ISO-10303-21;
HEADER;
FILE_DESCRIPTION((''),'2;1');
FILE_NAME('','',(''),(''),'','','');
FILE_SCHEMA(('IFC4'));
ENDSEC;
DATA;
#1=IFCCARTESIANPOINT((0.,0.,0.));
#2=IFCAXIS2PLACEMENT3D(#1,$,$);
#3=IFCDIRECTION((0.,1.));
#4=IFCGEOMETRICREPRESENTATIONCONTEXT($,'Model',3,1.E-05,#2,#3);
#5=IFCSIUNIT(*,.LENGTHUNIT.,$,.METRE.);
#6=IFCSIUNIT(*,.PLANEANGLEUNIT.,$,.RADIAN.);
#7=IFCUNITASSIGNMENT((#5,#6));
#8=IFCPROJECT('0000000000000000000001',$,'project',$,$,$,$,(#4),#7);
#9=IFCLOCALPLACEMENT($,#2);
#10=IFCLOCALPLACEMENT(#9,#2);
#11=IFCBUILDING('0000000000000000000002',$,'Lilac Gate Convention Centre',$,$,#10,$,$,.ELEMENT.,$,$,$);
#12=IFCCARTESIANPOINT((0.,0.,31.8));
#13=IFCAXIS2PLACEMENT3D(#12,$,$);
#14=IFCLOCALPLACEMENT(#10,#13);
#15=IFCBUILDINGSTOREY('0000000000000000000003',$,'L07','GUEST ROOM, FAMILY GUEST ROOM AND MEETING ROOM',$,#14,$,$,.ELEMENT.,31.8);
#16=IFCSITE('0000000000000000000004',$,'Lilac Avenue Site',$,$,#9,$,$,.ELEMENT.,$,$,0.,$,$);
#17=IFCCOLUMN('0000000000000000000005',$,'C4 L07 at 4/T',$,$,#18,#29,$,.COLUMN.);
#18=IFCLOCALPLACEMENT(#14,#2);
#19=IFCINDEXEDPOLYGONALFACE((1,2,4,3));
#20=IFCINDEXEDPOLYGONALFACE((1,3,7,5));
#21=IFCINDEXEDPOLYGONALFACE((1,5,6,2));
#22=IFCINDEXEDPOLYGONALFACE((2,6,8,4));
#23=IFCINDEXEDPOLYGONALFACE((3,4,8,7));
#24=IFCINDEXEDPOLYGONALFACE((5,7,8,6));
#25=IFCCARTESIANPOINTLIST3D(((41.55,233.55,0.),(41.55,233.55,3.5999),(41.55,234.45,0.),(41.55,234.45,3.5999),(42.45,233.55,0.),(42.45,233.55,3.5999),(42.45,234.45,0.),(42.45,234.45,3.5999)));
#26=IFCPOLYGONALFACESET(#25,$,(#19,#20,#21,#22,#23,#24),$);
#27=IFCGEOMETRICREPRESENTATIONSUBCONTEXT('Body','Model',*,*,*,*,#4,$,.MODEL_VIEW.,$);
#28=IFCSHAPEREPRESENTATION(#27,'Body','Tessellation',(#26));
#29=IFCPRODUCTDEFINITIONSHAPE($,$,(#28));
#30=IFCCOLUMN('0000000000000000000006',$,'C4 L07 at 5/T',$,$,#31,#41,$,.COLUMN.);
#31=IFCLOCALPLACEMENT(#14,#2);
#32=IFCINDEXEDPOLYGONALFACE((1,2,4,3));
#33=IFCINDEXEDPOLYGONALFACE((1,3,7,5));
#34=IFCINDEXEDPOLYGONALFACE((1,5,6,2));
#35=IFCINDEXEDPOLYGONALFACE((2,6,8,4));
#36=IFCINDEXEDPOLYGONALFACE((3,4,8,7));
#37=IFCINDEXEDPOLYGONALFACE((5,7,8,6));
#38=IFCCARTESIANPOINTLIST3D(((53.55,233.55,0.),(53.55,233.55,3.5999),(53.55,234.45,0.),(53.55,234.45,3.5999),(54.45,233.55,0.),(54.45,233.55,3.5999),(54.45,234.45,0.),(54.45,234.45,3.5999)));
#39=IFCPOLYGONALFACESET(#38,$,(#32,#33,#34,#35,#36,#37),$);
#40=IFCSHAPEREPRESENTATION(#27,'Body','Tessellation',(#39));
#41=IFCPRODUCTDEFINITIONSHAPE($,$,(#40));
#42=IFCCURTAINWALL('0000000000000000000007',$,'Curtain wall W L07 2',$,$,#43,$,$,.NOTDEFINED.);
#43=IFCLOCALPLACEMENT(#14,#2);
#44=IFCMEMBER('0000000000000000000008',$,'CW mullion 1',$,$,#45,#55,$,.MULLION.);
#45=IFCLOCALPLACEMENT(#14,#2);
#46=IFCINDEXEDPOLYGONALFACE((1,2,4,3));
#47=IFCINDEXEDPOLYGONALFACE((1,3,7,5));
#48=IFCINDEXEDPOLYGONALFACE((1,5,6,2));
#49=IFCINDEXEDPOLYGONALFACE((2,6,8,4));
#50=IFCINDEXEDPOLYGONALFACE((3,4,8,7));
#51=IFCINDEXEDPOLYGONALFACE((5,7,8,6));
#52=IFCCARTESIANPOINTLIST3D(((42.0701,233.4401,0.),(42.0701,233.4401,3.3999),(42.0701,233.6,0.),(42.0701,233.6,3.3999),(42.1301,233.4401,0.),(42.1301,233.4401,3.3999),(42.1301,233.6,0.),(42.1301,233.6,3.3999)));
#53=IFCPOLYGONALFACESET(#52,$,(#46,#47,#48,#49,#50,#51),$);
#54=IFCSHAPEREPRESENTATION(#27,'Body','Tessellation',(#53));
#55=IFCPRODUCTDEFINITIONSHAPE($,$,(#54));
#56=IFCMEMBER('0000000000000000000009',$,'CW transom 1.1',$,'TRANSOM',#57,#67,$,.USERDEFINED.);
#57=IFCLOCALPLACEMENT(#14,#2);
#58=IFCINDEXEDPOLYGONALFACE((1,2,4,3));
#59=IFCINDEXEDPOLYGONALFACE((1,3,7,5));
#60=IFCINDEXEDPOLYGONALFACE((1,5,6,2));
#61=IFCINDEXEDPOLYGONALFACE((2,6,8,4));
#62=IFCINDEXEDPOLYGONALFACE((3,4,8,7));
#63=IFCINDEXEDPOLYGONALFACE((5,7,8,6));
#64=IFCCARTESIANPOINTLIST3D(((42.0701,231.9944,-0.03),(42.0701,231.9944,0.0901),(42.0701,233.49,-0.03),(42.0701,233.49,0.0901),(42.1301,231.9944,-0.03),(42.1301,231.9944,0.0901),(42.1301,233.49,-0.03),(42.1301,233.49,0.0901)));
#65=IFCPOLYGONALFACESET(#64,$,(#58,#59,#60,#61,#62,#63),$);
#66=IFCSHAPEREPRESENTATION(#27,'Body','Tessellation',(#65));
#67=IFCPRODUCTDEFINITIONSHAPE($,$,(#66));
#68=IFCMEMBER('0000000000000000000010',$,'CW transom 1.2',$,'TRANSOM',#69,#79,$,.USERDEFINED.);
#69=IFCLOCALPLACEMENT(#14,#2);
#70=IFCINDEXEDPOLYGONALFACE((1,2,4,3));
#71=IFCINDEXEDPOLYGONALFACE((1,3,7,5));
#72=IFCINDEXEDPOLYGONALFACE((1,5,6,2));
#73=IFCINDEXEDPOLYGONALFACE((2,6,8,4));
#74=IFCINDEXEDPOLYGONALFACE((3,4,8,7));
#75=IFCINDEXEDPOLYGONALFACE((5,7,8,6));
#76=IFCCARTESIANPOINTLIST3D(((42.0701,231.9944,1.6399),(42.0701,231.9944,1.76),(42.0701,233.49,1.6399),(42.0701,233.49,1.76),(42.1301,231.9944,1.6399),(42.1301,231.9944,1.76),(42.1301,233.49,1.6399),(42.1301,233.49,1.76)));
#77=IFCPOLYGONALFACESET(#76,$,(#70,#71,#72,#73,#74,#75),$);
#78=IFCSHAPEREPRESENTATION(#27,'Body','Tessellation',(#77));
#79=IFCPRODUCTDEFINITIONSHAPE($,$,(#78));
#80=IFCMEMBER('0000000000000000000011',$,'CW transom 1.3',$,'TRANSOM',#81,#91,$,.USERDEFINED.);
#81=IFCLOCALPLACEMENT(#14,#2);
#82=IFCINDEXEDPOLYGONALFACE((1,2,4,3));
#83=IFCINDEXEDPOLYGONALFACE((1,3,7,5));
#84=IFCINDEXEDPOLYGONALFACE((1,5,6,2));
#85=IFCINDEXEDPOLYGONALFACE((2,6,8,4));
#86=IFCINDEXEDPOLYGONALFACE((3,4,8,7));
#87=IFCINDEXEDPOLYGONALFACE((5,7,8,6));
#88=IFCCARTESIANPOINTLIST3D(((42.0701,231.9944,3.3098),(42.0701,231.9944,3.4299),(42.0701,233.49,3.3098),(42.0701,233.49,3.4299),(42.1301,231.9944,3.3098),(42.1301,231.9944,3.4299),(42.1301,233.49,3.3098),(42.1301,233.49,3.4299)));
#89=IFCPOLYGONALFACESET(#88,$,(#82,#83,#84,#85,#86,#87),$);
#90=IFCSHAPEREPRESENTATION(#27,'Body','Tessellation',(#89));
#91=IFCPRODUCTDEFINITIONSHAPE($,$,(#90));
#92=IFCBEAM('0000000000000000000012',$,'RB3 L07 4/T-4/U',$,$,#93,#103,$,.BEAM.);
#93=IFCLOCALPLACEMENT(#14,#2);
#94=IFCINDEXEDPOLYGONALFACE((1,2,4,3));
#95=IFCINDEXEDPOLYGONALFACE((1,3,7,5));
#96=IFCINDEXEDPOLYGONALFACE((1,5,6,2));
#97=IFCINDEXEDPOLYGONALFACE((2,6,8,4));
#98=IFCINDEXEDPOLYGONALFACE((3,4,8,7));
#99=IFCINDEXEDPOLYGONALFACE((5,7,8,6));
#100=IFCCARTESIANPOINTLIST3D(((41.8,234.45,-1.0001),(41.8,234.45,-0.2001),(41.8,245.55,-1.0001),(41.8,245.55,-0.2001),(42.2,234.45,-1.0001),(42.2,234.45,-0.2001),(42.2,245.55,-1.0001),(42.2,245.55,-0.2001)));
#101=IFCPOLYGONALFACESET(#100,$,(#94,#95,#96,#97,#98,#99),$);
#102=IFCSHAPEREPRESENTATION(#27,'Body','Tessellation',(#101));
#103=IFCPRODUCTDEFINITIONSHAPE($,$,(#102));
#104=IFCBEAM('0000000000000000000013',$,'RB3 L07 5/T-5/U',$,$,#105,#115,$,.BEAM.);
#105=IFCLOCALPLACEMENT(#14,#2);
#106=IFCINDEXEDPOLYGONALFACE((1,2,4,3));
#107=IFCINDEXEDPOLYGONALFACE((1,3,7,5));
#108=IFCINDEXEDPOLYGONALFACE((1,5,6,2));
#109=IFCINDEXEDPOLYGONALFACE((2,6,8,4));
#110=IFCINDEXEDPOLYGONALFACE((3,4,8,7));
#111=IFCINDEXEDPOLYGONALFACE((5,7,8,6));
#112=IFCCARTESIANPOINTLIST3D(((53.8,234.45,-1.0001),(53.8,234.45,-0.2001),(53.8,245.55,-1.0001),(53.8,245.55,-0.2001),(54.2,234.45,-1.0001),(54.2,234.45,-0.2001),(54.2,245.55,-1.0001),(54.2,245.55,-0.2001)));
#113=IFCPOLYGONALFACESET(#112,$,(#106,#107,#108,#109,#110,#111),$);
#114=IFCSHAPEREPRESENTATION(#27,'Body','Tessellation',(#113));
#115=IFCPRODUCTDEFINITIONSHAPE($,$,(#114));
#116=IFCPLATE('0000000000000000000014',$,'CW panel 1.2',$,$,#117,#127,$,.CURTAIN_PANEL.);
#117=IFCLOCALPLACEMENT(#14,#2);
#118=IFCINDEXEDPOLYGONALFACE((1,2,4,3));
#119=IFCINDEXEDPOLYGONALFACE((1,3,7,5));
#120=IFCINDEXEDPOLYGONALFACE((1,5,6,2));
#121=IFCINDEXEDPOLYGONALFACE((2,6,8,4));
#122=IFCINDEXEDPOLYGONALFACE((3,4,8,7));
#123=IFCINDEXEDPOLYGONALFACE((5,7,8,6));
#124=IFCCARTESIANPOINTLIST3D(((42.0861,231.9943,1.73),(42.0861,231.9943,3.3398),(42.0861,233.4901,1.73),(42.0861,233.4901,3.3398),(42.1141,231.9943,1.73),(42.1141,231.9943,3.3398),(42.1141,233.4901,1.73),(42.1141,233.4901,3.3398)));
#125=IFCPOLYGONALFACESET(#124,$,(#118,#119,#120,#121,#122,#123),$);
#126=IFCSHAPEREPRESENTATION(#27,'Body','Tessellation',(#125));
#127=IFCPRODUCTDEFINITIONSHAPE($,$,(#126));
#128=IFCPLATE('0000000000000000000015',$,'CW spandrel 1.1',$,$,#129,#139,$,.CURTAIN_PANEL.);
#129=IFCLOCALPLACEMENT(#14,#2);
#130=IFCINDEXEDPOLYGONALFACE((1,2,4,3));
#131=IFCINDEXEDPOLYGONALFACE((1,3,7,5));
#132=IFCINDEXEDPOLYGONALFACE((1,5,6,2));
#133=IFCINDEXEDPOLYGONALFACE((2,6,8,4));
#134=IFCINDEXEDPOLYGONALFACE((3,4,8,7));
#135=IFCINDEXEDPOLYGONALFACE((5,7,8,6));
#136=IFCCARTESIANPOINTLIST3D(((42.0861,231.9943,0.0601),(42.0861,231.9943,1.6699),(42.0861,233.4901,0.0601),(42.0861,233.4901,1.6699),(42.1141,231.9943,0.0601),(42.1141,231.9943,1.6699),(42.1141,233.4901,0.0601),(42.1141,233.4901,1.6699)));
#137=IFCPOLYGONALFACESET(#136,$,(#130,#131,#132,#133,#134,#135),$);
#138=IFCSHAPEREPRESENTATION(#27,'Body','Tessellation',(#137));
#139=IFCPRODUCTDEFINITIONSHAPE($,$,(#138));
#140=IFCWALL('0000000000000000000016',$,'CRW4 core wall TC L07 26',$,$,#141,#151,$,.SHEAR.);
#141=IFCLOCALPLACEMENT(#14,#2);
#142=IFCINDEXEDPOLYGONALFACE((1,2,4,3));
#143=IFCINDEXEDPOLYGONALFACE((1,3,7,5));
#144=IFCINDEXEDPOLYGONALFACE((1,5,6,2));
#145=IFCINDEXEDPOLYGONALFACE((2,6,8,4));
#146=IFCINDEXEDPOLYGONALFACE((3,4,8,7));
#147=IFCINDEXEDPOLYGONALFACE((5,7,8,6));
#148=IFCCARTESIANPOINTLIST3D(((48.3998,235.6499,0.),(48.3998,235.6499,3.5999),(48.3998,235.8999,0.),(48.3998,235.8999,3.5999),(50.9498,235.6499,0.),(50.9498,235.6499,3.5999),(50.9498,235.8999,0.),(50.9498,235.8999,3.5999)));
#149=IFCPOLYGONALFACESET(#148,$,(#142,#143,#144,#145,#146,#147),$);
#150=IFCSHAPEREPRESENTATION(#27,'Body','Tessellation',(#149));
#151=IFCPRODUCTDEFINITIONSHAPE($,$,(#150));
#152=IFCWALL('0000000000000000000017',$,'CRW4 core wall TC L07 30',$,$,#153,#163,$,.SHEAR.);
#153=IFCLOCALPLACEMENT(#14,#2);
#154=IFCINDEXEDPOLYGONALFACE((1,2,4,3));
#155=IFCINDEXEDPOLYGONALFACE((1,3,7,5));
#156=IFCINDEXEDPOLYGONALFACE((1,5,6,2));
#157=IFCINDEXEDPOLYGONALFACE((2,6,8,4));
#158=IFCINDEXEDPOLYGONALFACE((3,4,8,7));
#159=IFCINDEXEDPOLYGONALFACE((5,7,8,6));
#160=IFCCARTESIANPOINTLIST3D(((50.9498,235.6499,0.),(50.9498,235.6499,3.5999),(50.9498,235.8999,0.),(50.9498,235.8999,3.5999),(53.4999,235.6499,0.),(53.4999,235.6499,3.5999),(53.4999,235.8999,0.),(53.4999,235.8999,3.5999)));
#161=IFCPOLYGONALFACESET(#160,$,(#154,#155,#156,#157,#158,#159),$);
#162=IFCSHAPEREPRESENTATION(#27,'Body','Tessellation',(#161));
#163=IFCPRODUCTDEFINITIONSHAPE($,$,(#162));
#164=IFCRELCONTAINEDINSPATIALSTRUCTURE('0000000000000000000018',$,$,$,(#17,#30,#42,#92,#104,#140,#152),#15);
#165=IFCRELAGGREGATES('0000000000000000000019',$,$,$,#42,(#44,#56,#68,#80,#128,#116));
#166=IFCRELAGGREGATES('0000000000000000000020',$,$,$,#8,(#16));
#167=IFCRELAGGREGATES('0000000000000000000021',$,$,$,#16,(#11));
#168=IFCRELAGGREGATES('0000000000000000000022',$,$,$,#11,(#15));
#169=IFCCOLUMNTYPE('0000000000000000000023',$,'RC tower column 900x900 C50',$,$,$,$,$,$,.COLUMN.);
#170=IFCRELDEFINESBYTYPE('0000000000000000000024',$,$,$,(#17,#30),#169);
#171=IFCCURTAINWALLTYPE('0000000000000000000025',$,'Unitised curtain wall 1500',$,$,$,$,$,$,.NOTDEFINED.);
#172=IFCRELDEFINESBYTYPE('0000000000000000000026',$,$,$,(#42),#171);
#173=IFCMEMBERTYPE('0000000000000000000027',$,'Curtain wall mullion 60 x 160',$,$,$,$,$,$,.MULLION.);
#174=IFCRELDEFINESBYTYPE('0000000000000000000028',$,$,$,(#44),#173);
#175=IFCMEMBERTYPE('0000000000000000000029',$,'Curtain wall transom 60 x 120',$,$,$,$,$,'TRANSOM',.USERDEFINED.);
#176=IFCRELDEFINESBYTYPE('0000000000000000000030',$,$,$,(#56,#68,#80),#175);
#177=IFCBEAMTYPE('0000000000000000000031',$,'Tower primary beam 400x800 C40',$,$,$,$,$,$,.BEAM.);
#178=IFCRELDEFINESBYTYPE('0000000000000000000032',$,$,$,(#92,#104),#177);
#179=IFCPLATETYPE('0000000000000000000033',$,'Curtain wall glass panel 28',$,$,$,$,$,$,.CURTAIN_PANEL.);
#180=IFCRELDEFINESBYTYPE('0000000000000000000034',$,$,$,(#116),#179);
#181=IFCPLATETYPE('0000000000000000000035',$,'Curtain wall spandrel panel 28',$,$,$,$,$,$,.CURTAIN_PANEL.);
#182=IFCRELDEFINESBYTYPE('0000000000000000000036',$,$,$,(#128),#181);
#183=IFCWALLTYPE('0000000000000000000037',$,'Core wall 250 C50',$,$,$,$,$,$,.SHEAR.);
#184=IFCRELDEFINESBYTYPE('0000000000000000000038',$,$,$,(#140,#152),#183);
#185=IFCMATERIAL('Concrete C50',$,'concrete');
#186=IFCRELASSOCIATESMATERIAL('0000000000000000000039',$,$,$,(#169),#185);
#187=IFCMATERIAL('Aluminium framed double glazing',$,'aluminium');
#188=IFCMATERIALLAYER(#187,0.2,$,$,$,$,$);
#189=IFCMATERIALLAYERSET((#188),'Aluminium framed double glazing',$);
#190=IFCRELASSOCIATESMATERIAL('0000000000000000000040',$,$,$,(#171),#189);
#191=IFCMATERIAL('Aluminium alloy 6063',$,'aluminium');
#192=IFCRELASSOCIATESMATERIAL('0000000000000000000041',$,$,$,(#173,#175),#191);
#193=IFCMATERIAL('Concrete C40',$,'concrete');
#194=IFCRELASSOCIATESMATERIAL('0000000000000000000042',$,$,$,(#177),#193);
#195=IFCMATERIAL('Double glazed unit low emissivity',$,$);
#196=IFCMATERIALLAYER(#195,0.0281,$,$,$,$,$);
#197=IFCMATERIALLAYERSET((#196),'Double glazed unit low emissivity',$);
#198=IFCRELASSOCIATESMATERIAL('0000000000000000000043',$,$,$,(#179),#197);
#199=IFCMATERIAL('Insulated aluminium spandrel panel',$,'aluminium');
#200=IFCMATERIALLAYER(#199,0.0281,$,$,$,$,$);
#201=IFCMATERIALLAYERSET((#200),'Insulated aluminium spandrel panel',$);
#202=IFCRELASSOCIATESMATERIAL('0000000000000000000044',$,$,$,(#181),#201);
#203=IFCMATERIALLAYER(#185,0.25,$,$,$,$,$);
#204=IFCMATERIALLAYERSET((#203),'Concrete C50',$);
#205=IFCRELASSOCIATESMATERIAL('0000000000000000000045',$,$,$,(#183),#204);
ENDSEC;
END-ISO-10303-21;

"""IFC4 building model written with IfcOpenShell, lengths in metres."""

from ifc_helpers import new_model, si_unit, direction, frame, frame_2d, origin, origin_2d, place, context, subcontext, project, spatial, rectangle, extrude, material, layer, layer_set, material_profile, profile_set, type_object, element, aggregate, save


model = new_model("IFC4")

# Units and contexts
model_context = context("Model", 3, precision=1e-05, world=origin(), true_north=direction((0.0, 1.0)))
body_context = subcontext(model_context, "Body", "Model", "MODEL_VIEW")
ifc_project = project(units=[si_unit("LENGTHUNIT", "METRE"), si_unit("PLANEANGLEUNIT", "RADIAN")], contexts=[model_context])

# Site, building, storey
site_placement = place(None, origin())
site = spatial("IfcSite", under=ifc_project, at=site_placement, Name="Lilac Avenue Site", CompositionType="ELEMENT", RefElevation=0.0)
building_placement = place(site_placement, origin())
building = spatial("IfcBuilding", under=site, at=building_placement, Name="Lilac Gate Convention Centre", CompositionType="ELEMENT")
storey_placement = place(building_placement, frame((0.0, 0.0, 31.8)))
storey = spatial("IfcBuildingStorey", under=building, at=storey_placement, Name="L07", Description="GUEST ROOM, FAMILY GUEST ROOM AND MEETING ROOM", CompositionType="ELEMENT", Elevation=31.8)

# Columns
ifc_material_1 = material(Name="Concrete C50", Category="concrete")
ifc_material_profile_1 = material_profile(ifc_material_1, rectangle(XDim=0.8999, YDim=0.8999, at=origin_2d()), Name="RC 900x900")
ifc_profile_set_1 = profile_set([ifc_material_profile_1], Name="Concrete C50")
column_type = type_object("IfcColumnType", Name="RC tower column 900x900 C50", PredefinedType="COLUMN", material=ifc_profile_set_1)
for number, where, z_axis, x_axis, name in (
    (1, (42.0, 234.0, 0.0), (0.0, 0.0, 1.0), (1.0, 0.0, 0.0), "C4 L07 at 4/T"),
    (2, (54.0, 234.0, 0.0), (0.0, 0.0, 1.0), (1.0, 0.0, 0.0), "C4 L07 at 5/T"),
):
    element("IfcColumn", number, at=place(storey_placement, frame(where, z_axis=z_axis, x_axis=x_axis)), inside=storey, type_object=column_type, Name=name, PredefinedType="COLUMN", context=body_context, shape_type="SweptSolid", body=[
        extrude(rectangle(XDim=0.8999, YDim=0.8999, at=origin_2d()), origin(), (0.0, 0.0, 1.0), 3.5999),
    ])

# Curtain wall, members
ifc_material_2 = material(Name="Aluminium framed double glazing", Category="aluminium")
ifc_layer_1 = layer(ifc_material_2, 0.2)
ifc_layer_set_1 = layer_set([ifc_layer_1], Name="Aluminium framed double glazing")
curtain_wall_type = type_object("IfcCurtainWallType", Name="Unitised curtain wall 1500", PredefinedType="NOTDEFINED", material=ifc_layer_set_1)
curtain_wall_placement = place(storey_placement, origin())
curtain_wall = element("IfcCurtainWall", 3, at=curtain_wall_placement, inside=storey, type_object=curtain_wall_type, Name="Curtain wall W L07 2", PredefinedType="NOTDEFINED")
ifc_material_3 = material(Name="Aluminium alloy 6063", Category="aluminium")
ifc_material_profile_2 = material_profile(ifc_material_3, rectangle(XDim=0.0601, YDim=0.1599, at=origin_2d()), Name="Curtain wall mullion 60 x 160")
ifc_profile_set_2 = profile_set([ifc_material_profile_2], Name="Aluminium alloy 6063")
member_type_1 = type_object("IfcMemberType", Name="Curtain wall mullion 60 x 160", PredefinedType="MULLION", material=ifc_profile_set_2)
member_1_placement = place(storey_placement, frame((42.1001, 233.52, 0.0), z_axis=(0.0, 0.0, 1.0), x_axis=(1.0, 0.0, 0.0)))
member_1 = element("IfcMember", 4, at=member_1_placement, type_object=member_type_1, Name="CW mullion 1", PredefinedType="MULLION", context=body_context, shape_type="SweptSolid", body=[
    extrude(rectangle(XDim=0.0601, YDim=0.1599, at=origin_2d()), origin(), (0.0, 0.0, 1.0), 3.3999),
])
ifc_material_profile_3 = material_profile(ifc_material_3, rectangle(XDim=0.0601, YDim=0.1201, at=origin_2d()), Name="Curtain wall transom 60 x 120")
ifc_profile_set_3 = profile_set([ifc_material_profile_3], Name="Aluminium alloy 6063")
member_type_2 = type_object("IfcMemberType", Name="Curtain wall transom 60 x 120", ElementType="TRANSOM", PredefinedType="USERDEFINED", material=ifc_profile_set_3)
member_2_placement = place(storey_placement, frame((42.1001, 233.49, 0.03), z_axis=(0.0, -1.0, 0.0), x_axis=(1.0, 0.0, 0.0)))
member_2 = element("IfcMember", 5, at=member_2_placement, type_object=member_type_2, Name="CW transom 1.1", ObjectType="TRANSOM", PredefinedType="USERDEFINED", context=body_context, shape_type="SweptSolid", body=[
    extrude(rectangle(XDim=0.0601, YDim=0.1201, at=origin_2d()), origin(), (0.0, 0.0, 1.0), 1.4956),
])
member_3_placement = place(storey_placement, frame((42.1001, 233.49, 1.7), z_axis=(0.0, -1.0, 0.0), x_axis=(1.0, 0.0, 0.0)))
member_3 = element("IfcMember", 6, at=member_3_placement, type_object=member_type_2, Name="CW transom 1.2", ObjectType="TRANSOM", PredefinedType="USERDEFINED", context=body_context, shape_type="SweptSolid", body=[
    extrude(rectangle(XDim=0.0601, YDim=0.1201, at=origin_2d()), origin(), (0.0, 0.0, 1.0), 1.4956),
])
member_4_placement = place(storey_placement, frame((42.1001, 233.49, 3.3699), z_axis=(0.0, -1.0, 0.0), x_axis=(1.0, 0.0, 0.0)))
member_4 = element("IfcMember", 7, at=member_4_placement, type_object=member_type_2, Name="CW transom 1.3", ObjectType="TRANSOM", PredefinedType="USERDEFINED", context=body_context, shape_type="SweptSolid", body=[
    extrude(rectangle(XDim=0.0601, YDim=0.1201, at=origin_2d()), origin(), (0.0, 0.0, 1.0), 1.4956),
])

# Beams
ifc_material_4 = material(Name="Concrete C40", Category="concrete")
ifc_material_profile_4 = material_profile(ifc_material_4, rectangle(XDim=0.3999, YDim=0.8, at=origin_2d()), Name="RC 400x800")
ifc_profile_set_4 = profile_set([ifc_material_profile_4], Name="Concrete C40")
beam_type = type_object("IfcBeamType", Name="Tower primary beam 400x800 C40", PredefinedType="BEAM", material=ifc_profile_set_4)
for number, where, z_axis, x_axis, name in (
    (8, (42.0, 234.45, -0.6001), (0.0, 1.0, 0.0), (-1.0, 0.0, 0.0), "RB3 L07 4/T-4/U"),
    (9, (54.0, 234.45, -0.6001), (0.0, 1.0, 0.0), (-1.0, 0.0, 0.0), "RB3 L07 5/T-5/U"),
):
    element("IfcBeam", number, at=place(storey_placement, frame(where, z_axis=z_axis, x_axis=x_axis)), inside=storey, type_object=beam_type, Name=name, PredefinedType="BEAM", context=body_context, shape_type="SweptSolid", body=[
        extrude(rectangle(XDim=0.3999, YDim=0.8, at=origin_2d()), origin(), (0.0, 0.0, 1.0), 11.1001),
    ])

# Plates
ifc_material_5 = material(Name="Double glazed unit low emissivity")
ifc_layer_2 = layer(ifc_material_5, 0.0281)
ifc_layer_set_2 = layer_set([ifc_layer_2], Name="Double glazed unit low emissivity")
plate_type_1 = type_object("IfcPlateType", Name="Curtain wall glass panel 28", PredefinedType="CURTAIN_PANEL", material=ifc_layer_set_2)
plate_1_placement = place(storey_placement, frame((42.1001, 232.7422, 1.73), z_axis=(0.0, 0.0, 1.0), x_axis=(0.0, -1.0, 0.0)))
plate_1 = element("IfcPlate", 10, at=plate_1_placement, type_object=plate_type_1, Name="CW panel 1.2", PredefinedType="CURTAIN_PANEL", context=body_context, shape_type="SweptSolid", body=[
    extrude(rectangle(XDim=1.4958, YDim=0.0281, at=origin_2d()), origin(), (0.0, 0.0, 1.0), 1.6099),
])
ifc_material_6 = material(Name="Insulated aluminium spandrel panel", Category="aluminium")
ifc_layer_3 = layer(ifc_material_6, 0.0281)
ifc_layer_set_3 = layer_set([ifc_layer_3], Name="Insulated aluminium spandrel panel")
plate_type_2 = type_object("IfcPlateType", Name="Curtain wall spandrel panel 28", PredefinedType="CURTAIN_PANEL", material=ifc_layer_set_3)
plate_2_placement = place(storey_placement, frame((42.1001, 232.7422, 0.0601), z_axis=(0.0, 0.0, 1.0), x_axis=(0.0, -1.0, 0.0)))
plate_2 = element("IfcPlate", 11, at=plate_2_placement, type_object=plate_type_2, Name="CW spandrel 1.1", PredefinedType="CURTAIN_PANEL", context=body_context, shape_type="SweptSolid", body=[
    extrude(rectangle(XDim=1.4958, YDim=0.0281, at=origin_2d()), origin(), (0.0, 0.0, 1.0), 1.6099),
])
aggregate(curtain_wall, [member_1, member_2, member_3, member_4, plate_2, plate_1])

# Walls
ifc_layer_4 = layer(ifc_material_1, 0.25)
ifc_layer_set_4 = layer_set([ifc_layer_4], Name="Concrete C50")
wall_type_1 = type_object("IfcWallType", Name="Core wall 250 C50", PredefinedType="SHEAR", material=ifc_layer_set_4)
for number, where, z_axis, x_axis, name in (
    (12, (48.3999, 235.7749, 0.0), (0.0, 0.0, 1.0), (1.0, 0.0, 0.0), "CRW4 core wall TC L07 26"),
    (13, (50.95, 235.7749, 0.0), (0.0, 0.0, 1.0), (1.0, 0.0, 0.0), "CRW4 core wall TC L07 30"),
):
    element("IfcWall", number, at=place(storey_placement, frame(where, z_axis=z_axis, x_axis=x_axis)), inside=storey, type_object=wall_type_1, Name=name, PredefinedType="SHEAR", context=body_context, shape_type="SweptSolid", body=[
        extrude(rectangle(XDim=2.55, YDim=0.25, at=frame_2d((1.2749, 0.0))), origin(), (0.0, 0.0, 1.0), 3.5999),
    ])

save(model, "model.ifc")
